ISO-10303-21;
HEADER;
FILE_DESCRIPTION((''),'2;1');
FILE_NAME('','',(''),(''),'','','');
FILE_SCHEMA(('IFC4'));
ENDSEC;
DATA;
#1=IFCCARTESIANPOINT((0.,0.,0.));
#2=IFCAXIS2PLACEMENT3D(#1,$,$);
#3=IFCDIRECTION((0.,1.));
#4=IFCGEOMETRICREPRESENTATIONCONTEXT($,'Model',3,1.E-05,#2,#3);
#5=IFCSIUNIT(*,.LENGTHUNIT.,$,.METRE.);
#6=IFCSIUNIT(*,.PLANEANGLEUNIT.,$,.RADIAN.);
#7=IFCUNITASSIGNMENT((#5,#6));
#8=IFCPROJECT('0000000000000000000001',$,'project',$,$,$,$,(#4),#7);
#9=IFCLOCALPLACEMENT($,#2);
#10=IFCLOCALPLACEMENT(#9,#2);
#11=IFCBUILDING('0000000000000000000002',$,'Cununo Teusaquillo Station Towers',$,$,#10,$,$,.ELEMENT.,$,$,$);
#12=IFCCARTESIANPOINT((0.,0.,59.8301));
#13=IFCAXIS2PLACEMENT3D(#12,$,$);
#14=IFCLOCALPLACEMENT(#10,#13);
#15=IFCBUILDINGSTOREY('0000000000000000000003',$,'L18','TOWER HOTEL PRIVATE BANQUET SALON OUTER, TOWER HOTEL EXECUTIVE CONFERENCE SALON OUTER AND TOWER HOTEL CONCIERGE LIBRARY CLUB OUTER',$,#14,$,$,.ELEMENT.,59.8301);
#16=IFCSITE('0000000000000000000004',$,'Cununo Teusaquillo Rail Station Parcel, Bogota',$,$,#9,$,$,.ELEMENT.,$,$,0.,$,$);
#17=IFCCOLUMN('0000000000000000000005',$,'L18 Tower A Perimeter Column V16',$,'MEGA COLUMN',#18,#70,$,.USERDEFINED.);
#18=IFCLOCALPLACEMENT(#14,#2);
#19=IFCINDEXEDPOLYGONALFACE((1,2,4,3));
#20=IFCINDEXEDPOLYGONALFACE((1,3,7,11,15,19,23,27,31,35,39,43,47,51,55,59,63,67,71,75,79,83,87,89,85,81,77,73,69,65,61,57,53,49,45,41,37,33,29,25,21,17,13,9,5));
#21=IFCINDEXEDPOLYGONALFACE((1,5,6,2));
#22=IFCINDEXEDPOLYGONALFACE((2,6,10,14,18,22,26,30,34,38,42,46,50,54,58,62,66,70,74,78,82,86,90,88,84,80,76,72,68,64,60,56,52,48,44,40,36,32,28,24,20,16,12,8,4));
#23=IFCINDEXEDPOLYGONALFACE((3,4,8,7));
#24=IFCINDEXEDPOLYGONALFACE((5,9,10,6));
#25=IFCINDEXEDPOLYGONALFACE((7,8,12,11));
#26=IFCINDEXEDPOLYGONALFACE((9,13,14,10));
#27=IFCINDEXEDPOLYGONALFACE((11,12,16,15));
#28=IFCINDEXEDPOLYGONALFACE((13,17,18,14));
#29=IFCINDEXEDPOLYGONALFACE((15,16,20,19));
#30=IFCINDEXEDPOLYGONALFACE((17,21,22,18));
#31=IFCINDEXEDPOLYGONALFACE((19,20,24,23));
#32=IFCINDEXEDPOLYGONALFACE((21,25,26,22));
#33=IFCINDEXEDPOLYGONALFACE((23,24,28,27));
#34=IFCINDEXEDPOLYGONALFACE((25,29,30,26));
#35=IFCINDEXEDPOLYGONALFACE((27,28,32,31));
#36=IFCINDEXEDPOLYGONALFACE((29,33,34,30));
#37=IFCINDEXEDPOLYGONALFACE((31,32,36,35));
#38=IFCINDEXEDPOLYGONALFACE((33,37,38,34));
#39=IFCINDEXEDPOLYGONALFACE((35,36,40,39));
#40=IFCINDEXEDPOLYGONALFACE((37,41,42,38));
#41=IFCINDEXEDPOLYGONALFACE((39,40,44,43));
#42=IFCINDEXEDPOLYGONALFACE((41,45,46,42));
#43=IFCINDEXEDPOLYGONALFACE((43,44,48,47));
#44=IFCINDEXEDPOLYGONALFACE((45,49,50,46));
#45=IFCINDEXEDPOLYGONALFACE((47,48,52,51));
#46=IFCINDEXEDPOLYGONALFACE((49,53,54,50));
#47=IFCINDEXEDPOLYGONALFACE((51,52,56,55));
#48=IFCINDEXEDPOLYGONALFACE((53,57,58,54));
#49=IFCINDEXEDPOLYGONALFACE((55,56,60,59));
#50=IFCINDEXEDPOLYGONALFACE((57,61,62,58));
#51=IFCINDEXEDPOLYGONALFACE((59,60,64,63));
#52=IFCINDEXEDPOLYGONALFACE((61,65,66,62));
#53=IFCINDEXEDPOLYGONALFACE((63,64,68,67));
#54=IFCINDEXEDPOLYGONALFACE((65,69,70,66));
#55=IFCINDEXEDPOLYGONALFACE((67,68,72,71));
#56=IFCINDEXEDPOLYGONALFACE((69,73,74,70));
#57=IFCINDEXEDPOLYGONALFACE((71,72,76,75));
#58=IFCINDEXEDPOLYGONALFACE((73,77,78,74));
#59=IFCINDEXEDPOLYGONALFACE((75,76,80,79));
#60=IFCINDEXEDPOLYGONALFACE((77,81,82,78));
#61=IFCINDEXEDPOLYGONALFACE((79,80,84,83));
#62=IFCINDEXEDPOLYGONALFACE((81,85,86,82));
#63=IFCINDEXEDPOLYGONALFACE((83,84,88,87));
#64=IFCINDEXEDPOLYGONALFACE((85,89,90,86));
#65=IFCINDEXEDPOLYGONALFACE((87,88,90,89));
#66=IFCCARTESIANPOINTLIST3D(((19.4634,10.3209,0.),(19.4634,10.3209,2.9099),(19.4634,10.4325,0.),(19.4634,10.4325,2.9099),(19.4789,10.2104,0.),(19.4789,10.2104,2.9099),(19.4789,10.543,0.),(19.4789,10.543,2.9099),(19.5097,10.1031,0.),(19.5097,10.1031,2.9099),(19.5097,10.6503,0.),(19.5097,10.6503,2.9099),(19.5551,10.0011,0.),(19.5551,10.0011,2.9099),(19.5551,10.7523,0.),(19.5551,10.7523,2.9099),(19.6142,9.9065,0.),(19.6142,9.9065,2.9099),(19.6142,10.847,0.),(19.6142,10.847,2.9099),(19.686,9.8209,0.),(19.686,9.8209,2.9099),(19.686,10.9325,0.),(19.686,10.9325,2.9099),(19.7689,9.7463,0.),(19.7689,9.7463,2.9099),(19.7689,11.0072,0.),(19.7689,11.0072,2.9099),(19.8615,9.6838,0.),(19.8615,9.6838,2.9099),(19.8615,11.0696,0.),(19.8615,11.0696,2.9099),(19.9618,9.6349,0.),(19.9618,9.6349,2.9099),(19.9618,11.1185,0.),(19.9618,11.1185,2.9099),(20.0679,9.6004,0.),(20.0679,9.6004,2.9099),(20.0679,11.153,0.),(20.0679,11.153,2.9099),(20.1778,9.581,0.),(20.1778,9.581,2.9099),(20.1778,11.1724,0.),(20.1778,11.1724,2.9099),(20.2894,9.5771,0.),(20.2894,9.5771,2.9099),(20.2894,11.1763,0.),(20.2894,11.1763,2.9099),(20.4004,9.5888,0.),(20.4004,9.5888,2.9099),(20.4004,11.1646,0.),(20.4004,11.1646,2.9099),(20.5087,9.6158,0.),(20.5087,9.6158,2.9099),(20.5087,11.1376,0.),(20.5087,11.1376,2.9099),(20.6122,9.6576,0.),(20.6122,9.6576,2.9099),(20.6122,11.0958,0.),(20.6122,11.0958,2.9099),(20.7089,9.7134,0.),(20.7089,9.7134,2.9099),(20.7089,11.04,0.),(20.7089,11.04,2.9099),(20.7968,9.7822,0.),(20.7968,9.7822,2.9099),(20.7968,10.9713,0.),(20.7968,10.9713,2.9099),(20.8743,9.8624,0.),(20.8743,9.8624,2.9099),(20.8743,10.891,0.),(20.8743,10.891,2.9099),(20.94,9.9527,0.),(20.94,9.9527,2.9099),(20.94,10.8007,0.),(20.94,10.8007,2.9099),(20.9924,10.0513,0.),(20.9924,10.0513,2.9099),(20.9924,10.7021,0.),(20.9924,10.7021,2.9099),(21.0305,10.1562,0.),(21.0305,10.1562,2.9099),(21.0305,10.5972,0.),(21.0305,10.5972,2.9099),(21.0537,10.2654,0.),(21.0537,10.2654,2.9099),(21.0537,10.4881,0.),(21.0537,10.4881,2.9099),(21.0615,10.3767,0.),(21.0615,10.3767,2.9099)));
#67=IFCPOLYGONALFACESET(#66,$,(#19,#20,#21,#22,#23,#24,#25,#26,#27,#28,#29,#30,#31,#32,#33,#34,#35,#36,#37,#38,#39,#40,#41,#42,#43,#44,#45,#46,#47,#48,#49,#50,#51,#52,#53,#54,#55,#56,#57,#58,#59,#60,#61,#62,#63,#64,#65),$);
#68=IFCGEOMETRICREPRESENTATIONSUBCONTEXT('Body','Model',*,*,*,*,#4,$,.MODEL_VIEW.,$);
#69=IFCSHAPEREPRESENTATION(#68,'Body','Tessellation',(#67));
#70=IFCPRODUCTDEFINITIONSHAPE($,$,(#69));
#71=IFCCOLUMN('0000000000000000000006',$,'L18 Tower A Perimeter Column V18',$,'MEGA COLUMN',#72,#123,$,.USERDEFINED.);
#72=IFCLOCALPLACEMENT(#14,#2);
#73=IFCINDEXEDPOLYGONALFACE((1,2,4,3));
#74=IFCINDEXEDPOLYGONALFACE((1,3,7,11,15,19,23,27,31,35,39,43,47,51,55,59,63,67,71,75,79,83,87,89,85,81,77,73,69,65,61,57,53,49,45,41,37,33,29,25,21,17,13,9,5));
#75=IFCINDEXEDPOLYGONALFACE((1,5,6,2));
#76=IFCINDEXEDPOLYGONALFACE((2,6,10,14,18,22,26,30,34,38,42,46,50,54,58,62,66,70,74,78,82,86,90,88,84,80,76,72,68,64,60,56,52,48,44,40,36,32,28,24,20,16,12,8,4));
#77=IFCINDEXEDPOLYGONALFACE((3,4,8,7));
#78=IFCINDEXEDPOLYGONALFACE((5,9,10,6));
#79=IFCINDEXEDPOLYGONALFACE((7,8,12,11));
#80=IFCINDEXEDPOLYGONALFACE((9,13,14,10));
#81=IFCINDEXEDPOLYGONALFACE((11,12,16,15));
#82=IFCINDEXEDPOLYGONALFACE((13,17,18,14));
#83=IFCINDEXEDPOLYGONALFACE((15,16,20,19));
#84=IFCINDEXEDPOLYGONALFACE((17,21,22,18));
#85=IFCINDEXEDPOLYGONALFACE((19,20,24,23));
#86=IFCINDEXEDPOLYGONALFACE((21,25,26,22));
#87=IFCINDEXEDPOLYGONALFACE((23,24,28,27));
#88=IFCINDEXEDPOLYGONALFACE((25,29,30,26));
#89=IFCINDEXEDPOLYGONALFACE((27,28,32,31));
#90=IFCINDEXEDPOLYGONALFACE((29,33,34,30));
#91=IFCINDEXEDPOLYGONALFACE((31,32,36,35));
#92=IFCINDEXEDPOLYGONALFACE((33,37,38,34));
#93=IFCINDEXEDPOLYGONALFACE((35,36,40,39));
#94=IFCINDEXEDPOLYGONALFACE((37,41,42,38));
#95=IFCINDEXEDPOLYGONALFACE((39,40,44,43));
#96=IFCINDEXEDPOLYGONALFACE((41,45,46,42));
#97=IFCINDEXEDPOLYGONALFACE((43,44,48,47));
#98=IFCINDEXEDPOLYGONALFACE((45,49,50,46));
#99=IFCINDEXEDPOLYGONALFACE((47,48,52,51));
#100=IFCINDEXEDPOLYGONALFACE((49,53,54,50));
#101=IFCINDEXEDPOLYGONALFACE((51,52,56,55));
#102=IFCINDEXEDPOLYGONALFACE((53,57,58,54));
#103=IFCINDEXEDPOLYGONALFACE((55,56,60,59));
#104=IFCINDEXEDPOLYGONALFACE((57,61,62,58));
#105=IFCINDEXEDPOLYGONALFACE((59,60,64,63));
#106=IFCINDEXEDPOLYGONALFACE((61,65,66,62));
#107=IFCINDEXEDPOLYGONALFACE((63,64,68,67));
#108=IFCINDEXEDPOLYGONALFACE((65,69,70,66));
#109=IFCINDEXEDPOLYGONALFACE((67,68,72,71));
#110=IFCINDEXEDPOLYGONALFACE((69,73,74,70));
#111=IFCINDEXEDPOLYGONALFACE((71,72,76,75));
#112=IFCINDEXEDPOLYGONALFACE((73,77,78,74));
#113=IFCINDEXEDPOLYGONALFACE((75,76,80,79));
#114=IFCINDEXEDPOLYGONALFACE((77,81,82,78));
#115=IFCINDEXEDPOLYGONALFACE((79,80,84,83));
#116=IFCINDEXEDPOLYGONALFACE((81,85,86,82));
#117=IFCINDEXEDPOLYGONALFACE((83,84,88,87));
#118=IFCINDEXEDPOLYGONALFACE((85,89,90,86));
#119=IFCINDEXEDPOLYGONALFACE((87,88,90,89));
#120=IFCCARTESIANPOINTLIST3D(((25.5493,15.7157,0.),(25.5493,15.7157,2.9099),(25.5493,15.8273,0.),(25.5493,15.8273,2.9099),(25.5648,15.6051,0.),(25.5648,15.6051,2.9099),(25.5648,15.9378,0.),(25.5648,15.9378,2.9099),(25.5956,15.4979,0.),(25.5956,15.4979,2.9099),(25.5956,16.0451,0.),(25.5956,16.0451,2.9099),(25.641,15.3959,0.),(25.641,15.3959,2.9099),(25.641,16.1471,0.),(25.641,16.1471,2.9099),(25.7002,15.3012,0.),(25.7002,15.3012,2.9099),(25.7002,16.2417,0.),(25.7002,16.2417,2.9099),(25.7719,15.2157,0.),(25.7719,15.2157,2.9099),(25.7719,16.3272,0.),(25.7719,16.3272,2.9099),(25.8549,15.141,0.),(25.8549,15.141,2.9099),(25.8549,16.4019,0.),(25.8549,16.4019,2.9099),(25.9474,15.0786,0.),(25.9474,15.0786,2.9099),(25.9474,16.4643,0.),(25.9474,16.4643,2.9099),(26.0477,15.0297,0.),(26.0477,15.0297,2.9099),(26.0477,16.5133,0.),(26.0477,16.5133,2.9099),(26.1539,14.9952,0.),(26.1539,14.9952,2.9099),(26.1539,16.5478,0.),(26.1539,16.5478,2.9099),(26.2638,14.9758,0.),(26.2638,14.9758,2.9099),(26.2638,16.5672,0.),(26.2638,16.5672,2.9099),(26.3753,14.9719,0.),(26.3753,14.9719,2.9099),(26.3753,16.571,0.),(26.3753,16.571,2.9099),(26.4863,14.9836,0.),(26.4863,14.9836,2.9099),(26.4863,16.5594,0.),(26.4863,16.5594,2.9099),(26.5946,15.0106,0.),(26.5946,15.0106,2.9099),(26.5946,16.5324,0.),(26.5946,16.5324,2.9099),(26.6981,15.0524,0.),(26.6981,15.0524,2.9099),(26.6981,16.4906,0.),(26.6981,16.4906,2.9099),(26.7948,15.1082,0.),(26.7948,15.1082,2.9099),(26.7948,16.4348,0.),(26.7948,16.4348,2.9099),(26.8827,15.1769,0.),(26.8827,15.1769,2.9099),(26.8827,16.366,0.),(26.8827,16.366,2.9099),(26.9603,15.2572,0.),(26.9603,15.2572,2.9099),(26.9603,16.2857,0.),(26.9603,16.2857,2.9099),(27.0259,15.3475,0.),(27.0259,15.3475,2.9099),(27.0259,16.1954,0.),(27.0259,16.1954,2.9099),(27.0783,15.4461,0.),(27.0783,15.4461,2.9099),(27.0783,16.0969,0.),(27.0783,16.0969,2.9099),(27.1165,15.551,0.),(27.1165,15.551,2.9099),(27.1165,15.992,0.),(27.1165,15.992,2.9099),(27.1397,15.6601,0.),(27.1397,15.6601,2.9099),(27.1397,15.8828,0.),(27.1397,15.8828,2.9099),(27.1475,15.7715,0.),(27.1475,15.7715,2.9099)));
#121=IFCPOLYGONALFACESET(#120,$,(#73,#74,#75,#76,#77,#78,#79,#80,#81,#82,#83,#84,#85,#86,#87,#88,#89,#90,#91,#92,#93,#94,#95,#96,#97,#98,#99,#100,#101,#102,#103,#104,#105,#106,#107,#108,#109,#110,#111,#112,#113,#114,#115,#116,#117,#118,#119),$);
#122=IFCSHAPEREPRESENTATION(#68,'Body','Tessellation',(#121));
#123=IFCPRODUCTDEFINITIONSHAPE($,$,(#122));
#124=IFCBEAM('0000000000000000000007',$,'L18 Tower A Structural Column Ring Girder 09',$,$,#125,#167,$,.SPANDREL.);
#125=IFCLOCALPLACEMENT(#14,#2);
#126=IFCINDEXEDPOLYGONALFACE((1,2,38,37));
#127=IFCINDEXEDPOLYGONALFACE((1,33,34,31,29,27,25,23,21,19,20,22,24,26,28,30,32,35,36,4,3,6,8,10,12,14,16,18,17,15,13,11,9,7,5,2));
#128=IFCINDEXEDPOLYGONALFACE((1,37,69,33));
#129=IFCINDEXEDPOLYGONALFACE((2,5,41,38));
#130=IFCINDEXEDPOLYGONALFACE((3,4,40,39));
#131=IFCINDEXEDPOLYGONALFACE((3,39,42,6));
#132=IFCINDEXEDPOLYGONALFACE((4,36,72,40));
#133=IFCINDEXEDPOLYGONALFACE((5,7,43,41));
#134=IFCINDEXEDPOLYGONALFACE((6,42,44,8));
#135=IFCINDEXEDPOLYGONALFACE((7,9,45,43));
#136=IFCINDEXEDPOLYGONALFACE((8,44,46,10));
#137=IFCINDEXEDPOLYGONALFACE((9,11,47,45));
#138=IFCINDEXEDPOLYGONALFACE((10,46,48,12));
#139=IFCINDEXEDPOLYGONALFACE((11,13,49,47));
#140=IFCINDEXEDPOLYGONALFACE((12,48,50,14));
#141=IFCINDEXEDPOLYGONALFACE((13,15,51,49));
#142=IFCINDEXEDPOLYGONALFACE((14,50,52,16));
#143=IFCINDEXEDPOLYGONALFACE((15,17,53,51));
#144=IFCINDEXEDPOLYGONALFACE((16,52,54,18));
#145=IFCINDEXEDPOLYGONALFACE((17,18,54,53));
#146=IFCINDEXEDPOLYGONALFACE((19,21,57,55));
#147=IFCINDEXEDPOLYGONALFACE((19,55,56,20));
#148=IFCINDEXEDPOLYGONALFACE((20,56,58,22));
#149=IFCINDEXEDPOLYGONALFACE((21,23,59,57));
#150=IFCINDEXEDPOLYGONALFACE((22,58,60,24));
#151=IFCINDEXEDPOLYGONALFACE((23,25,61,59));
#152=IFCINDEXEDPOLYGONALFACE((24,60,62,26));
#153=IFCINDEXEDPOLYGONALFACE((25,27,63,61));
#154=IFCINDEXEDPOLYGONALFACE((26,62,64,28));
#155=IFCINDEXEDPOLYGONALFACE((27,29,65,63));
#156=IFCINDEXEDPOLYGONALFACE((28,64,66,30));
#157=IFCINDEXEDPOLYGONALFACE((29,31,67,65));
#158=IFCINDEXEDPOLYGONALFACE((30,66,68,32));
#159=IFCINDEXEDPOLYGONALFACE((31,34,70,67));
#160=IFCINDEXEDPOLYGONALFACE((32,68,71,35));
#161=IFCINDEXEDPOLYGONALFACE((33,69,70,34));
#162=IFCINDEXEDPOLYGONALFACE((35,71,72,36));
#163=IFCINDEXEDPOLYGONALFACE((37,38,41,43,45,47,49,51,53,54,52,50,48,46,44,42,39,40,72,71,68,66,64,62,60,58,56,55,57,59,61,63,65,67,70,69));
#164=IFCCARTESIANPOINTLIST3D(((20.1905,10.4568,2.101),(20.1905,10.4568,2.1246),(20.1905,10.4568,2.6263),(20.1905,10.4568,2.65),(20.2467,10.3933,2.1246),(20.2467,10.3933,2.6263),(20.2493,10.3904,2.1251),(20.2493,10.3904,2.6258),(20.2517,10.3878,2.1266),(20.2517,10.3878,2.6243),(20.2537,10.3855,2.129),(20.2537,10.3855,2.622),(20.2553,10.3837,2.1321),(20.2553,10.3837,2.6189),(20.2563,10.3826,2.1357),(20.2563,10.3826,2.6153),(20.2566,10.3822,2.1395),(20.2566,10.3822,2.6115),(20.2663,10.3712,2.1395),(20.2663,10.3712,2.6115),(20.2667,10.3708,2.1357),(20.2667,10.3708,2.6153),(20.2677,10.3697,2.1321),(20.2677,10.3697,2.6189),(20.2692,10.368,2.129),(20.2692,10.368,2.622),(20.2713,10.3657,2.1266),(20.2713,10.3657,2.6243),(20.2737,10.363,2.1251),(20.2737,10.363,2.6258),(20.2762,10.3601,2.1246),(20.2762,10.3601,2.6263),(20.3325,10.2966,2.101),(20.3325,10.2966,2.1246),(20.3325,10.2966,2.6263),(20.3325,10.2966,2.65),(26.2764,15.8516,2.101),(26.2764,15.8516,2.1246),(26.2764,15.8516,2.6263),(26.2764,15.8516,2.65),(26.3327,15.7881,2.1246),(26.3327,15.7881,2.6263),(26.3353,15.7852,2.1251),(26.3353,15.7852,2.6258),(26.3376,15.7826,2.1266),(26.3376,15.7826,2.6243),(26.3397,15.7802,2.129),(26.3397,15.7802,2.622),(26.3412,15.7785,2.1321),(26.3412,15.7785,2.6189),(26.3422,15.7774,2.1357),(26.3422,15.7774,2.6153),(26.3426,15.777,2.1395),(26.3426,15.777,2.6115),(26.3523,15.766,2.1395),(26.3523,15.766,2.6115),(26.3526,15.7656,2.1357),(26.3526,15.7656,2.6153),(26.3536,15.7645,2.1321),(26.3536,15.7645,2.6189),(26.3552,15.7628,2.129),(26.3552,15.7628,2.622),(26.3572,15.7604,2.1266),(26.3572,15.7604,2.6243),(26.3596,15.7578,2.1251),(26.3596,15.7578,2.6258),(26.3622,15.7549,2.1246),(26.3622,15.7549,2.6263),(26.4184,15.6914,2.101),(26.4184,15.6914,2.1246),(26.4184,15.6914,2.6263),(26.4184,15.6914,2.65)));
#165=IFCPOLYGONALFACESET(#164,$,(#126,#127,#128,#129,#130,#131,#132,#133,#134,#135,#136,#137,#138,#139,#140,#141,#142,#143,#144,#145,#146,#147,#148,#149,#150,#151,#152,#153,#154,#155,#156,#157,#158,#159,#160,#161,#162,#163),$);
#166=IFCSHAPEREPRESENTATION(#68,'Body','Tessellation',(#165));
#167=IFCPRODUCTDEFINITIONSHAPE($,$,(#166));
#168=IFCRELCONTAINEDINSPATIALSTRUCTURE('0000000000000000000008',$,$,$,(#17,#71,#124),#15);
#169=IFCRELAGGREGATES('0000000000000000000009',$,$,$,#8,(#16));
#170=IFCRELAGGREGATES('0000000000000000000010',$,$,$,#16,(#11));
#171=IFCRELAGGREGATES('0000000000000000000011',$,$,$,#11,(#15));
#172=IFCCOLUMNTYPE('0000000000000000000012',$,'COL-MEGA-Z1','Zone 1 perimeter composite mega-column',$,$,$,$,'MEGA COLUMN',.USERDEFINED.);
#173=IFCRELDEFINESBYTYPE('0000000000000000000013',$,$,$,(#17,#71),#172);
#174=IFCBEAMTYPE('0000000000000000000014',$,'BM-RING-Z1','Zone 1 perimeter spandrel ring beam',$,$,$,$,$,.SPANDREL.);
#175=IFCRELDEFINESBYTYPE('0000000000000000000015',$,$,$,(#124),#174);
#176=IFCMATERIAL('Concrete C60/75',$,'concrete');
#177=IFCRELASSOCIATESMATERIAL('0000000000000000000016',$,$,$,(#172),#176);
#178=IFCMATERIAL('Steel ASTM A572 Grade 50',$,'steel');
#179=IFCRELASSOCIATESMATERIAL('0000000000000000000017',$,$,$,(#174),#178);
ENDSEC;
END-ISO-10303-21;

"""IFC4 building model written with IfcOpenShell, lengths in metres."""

from ifc_helpers import new_model, si_unit, direction, frame, origin, origin_2d, place, context, subcontext, project, spatial, circle, i_section, extrude, material, material_profile, profile_set, type_object, element, save


model = new_model("IFC4")

# Units and contexts
model_context = context("Model", 3, precision=1e-05, world=origin(), true_north=direction((0.0, 1.0)))
body_context = subcontext(model_context, "Body", "Model", "MODEL_VIEW")
ifc_project = project(units=[si_unit("LENGTHUNIT", "METRE"), si_unit("PLANEANGLEUNIT", "RADIAN")], contexts=[model_context])

# Site, building, storey
site_placement = place(None, origin())
site = spatial("IfcSite", under=ifc_project, at=site_placement, Name="Cununo Teusaquillo Rail Station Parcel, Bogota", CompositionType="ELEMENT", RefElevation=0.0)
building_placement = place(site_placement, origin())
building = spatial("IfcBuilding", under=site, at=building_placement, Name="Cununo Teusaquillo Station Towers", CompositionType="ELEMENT")
storey_placement = place(building_placement, frame((0.0, 0.0, 59.8301)))
storey = spatial("IfcBuildingStorey", under=building, at=storey_placement, Name="L18", Description="TOWER HOTEL PRIVATE BANQUET SALON OUTER, TOWER HOTEL EXECUTIVE CONFERENCE SALON OUTER AND TOWER HOTEL CONCIERGE LIBRARY CLUB OUTER", CompositionType="ELEMENT", Elevation=59.8301)

# Columns
ifc_material_1 = material(Name="Concrete C60/75", Category="concrete")
ifc_material_profile_1 = material_profile(ifc_material_1, circle(Radius=0.8, at=origin_2d()), Name="RC-CIRC-1600")
ifc_profile_set_1 = profile_set([ifc_material_profile_1], Name="Concrete C60/75")
column_type = type_object("IfcColumnType", Name="COL-MEGA-Z1", Description="Zone 1 perimeter composite mega-column", ElementType="MEGA COLUMN", PredefinedType="USERDEFINED", material=ifc_profile_set_1)
for number, where, z_axis, x_axis, name in (
    (1, (20.2615, 10.3767, 0.0), (0.0, 0.0, 1.0), (1.0, 0.0, 0.0), "L18 Tower A Perimeter Column V16"),
    (2, (26.3474, 15.7715, 0.0), (0.0, 0.0, 1.0), (1.0, 0.0, 0.0), "L18 Tower A Perimeter Column V18"),
):
    element("IfcColumn", number, at=place(storey_placement, frame(where, z_axis=z_axis, x_axis=x_axis)), inside=storey, type_object=column_type, Name=name, ObjectType="MEGA COLUMN", PredefinedType="USERDEFINED", context=body_context, shape_type="SweptSolid", body=[
        extrude(circle(Radius=0.8, at=origin_2d()), origin(), (0.0, 0.0, 1.0), 2.9099),
    ])

# Beam
ifc_material_2 = material(Name="Steel ASTM A572 Grade 50", Category="steel")
ifc_material_profile_2 = material_profile(ifc_material_2, i_section(OverallWidth=0.2141, OverallDepth=0.5491, WebThickness=0.0146, FlangeThickness=0.0237, FilletRadius=0.0149, at=origin_2d()), Name="W21X93")
ifc_profile_set_2 = profile_set([ifc_material_profile_2], Name="Steel ASTM A572 Grade 50")
beam_type = type_object("IfcBeamType", Name="BM-RING-Z1", Description="Zone 1 perimeter spandrel ring beam", PredefinedType="SPANDREL", material=ifc_profile_set_2)
beam_1_placement = place(storey_placement, frame((20.2615, 10.3767, 2.3755), z_axis=(0.748321, 0.663337, 0.0), x_axis=(-0.663337, 0.748321, 0.0)))
element("IfcBeam", 3, at=beam_1_placement, inside=storey, type_object=beam_type, Name="L18 Tower A Structural Column Ring Girder 09", PredefinedType="SPANDREL", context=body_context, shape_type="SweptSolid", body=[
    extrude(i_section(OverallWidth=0.2141, OverallDepth=0.5491, WebThickness=0.0146, FlangeThickness=0.0237, FilletRadius=0.0149, at=origin_2d()), origin(), (0.0, 0.0, 1.0), 8.1328),
])

save(model, "model.ifc")
